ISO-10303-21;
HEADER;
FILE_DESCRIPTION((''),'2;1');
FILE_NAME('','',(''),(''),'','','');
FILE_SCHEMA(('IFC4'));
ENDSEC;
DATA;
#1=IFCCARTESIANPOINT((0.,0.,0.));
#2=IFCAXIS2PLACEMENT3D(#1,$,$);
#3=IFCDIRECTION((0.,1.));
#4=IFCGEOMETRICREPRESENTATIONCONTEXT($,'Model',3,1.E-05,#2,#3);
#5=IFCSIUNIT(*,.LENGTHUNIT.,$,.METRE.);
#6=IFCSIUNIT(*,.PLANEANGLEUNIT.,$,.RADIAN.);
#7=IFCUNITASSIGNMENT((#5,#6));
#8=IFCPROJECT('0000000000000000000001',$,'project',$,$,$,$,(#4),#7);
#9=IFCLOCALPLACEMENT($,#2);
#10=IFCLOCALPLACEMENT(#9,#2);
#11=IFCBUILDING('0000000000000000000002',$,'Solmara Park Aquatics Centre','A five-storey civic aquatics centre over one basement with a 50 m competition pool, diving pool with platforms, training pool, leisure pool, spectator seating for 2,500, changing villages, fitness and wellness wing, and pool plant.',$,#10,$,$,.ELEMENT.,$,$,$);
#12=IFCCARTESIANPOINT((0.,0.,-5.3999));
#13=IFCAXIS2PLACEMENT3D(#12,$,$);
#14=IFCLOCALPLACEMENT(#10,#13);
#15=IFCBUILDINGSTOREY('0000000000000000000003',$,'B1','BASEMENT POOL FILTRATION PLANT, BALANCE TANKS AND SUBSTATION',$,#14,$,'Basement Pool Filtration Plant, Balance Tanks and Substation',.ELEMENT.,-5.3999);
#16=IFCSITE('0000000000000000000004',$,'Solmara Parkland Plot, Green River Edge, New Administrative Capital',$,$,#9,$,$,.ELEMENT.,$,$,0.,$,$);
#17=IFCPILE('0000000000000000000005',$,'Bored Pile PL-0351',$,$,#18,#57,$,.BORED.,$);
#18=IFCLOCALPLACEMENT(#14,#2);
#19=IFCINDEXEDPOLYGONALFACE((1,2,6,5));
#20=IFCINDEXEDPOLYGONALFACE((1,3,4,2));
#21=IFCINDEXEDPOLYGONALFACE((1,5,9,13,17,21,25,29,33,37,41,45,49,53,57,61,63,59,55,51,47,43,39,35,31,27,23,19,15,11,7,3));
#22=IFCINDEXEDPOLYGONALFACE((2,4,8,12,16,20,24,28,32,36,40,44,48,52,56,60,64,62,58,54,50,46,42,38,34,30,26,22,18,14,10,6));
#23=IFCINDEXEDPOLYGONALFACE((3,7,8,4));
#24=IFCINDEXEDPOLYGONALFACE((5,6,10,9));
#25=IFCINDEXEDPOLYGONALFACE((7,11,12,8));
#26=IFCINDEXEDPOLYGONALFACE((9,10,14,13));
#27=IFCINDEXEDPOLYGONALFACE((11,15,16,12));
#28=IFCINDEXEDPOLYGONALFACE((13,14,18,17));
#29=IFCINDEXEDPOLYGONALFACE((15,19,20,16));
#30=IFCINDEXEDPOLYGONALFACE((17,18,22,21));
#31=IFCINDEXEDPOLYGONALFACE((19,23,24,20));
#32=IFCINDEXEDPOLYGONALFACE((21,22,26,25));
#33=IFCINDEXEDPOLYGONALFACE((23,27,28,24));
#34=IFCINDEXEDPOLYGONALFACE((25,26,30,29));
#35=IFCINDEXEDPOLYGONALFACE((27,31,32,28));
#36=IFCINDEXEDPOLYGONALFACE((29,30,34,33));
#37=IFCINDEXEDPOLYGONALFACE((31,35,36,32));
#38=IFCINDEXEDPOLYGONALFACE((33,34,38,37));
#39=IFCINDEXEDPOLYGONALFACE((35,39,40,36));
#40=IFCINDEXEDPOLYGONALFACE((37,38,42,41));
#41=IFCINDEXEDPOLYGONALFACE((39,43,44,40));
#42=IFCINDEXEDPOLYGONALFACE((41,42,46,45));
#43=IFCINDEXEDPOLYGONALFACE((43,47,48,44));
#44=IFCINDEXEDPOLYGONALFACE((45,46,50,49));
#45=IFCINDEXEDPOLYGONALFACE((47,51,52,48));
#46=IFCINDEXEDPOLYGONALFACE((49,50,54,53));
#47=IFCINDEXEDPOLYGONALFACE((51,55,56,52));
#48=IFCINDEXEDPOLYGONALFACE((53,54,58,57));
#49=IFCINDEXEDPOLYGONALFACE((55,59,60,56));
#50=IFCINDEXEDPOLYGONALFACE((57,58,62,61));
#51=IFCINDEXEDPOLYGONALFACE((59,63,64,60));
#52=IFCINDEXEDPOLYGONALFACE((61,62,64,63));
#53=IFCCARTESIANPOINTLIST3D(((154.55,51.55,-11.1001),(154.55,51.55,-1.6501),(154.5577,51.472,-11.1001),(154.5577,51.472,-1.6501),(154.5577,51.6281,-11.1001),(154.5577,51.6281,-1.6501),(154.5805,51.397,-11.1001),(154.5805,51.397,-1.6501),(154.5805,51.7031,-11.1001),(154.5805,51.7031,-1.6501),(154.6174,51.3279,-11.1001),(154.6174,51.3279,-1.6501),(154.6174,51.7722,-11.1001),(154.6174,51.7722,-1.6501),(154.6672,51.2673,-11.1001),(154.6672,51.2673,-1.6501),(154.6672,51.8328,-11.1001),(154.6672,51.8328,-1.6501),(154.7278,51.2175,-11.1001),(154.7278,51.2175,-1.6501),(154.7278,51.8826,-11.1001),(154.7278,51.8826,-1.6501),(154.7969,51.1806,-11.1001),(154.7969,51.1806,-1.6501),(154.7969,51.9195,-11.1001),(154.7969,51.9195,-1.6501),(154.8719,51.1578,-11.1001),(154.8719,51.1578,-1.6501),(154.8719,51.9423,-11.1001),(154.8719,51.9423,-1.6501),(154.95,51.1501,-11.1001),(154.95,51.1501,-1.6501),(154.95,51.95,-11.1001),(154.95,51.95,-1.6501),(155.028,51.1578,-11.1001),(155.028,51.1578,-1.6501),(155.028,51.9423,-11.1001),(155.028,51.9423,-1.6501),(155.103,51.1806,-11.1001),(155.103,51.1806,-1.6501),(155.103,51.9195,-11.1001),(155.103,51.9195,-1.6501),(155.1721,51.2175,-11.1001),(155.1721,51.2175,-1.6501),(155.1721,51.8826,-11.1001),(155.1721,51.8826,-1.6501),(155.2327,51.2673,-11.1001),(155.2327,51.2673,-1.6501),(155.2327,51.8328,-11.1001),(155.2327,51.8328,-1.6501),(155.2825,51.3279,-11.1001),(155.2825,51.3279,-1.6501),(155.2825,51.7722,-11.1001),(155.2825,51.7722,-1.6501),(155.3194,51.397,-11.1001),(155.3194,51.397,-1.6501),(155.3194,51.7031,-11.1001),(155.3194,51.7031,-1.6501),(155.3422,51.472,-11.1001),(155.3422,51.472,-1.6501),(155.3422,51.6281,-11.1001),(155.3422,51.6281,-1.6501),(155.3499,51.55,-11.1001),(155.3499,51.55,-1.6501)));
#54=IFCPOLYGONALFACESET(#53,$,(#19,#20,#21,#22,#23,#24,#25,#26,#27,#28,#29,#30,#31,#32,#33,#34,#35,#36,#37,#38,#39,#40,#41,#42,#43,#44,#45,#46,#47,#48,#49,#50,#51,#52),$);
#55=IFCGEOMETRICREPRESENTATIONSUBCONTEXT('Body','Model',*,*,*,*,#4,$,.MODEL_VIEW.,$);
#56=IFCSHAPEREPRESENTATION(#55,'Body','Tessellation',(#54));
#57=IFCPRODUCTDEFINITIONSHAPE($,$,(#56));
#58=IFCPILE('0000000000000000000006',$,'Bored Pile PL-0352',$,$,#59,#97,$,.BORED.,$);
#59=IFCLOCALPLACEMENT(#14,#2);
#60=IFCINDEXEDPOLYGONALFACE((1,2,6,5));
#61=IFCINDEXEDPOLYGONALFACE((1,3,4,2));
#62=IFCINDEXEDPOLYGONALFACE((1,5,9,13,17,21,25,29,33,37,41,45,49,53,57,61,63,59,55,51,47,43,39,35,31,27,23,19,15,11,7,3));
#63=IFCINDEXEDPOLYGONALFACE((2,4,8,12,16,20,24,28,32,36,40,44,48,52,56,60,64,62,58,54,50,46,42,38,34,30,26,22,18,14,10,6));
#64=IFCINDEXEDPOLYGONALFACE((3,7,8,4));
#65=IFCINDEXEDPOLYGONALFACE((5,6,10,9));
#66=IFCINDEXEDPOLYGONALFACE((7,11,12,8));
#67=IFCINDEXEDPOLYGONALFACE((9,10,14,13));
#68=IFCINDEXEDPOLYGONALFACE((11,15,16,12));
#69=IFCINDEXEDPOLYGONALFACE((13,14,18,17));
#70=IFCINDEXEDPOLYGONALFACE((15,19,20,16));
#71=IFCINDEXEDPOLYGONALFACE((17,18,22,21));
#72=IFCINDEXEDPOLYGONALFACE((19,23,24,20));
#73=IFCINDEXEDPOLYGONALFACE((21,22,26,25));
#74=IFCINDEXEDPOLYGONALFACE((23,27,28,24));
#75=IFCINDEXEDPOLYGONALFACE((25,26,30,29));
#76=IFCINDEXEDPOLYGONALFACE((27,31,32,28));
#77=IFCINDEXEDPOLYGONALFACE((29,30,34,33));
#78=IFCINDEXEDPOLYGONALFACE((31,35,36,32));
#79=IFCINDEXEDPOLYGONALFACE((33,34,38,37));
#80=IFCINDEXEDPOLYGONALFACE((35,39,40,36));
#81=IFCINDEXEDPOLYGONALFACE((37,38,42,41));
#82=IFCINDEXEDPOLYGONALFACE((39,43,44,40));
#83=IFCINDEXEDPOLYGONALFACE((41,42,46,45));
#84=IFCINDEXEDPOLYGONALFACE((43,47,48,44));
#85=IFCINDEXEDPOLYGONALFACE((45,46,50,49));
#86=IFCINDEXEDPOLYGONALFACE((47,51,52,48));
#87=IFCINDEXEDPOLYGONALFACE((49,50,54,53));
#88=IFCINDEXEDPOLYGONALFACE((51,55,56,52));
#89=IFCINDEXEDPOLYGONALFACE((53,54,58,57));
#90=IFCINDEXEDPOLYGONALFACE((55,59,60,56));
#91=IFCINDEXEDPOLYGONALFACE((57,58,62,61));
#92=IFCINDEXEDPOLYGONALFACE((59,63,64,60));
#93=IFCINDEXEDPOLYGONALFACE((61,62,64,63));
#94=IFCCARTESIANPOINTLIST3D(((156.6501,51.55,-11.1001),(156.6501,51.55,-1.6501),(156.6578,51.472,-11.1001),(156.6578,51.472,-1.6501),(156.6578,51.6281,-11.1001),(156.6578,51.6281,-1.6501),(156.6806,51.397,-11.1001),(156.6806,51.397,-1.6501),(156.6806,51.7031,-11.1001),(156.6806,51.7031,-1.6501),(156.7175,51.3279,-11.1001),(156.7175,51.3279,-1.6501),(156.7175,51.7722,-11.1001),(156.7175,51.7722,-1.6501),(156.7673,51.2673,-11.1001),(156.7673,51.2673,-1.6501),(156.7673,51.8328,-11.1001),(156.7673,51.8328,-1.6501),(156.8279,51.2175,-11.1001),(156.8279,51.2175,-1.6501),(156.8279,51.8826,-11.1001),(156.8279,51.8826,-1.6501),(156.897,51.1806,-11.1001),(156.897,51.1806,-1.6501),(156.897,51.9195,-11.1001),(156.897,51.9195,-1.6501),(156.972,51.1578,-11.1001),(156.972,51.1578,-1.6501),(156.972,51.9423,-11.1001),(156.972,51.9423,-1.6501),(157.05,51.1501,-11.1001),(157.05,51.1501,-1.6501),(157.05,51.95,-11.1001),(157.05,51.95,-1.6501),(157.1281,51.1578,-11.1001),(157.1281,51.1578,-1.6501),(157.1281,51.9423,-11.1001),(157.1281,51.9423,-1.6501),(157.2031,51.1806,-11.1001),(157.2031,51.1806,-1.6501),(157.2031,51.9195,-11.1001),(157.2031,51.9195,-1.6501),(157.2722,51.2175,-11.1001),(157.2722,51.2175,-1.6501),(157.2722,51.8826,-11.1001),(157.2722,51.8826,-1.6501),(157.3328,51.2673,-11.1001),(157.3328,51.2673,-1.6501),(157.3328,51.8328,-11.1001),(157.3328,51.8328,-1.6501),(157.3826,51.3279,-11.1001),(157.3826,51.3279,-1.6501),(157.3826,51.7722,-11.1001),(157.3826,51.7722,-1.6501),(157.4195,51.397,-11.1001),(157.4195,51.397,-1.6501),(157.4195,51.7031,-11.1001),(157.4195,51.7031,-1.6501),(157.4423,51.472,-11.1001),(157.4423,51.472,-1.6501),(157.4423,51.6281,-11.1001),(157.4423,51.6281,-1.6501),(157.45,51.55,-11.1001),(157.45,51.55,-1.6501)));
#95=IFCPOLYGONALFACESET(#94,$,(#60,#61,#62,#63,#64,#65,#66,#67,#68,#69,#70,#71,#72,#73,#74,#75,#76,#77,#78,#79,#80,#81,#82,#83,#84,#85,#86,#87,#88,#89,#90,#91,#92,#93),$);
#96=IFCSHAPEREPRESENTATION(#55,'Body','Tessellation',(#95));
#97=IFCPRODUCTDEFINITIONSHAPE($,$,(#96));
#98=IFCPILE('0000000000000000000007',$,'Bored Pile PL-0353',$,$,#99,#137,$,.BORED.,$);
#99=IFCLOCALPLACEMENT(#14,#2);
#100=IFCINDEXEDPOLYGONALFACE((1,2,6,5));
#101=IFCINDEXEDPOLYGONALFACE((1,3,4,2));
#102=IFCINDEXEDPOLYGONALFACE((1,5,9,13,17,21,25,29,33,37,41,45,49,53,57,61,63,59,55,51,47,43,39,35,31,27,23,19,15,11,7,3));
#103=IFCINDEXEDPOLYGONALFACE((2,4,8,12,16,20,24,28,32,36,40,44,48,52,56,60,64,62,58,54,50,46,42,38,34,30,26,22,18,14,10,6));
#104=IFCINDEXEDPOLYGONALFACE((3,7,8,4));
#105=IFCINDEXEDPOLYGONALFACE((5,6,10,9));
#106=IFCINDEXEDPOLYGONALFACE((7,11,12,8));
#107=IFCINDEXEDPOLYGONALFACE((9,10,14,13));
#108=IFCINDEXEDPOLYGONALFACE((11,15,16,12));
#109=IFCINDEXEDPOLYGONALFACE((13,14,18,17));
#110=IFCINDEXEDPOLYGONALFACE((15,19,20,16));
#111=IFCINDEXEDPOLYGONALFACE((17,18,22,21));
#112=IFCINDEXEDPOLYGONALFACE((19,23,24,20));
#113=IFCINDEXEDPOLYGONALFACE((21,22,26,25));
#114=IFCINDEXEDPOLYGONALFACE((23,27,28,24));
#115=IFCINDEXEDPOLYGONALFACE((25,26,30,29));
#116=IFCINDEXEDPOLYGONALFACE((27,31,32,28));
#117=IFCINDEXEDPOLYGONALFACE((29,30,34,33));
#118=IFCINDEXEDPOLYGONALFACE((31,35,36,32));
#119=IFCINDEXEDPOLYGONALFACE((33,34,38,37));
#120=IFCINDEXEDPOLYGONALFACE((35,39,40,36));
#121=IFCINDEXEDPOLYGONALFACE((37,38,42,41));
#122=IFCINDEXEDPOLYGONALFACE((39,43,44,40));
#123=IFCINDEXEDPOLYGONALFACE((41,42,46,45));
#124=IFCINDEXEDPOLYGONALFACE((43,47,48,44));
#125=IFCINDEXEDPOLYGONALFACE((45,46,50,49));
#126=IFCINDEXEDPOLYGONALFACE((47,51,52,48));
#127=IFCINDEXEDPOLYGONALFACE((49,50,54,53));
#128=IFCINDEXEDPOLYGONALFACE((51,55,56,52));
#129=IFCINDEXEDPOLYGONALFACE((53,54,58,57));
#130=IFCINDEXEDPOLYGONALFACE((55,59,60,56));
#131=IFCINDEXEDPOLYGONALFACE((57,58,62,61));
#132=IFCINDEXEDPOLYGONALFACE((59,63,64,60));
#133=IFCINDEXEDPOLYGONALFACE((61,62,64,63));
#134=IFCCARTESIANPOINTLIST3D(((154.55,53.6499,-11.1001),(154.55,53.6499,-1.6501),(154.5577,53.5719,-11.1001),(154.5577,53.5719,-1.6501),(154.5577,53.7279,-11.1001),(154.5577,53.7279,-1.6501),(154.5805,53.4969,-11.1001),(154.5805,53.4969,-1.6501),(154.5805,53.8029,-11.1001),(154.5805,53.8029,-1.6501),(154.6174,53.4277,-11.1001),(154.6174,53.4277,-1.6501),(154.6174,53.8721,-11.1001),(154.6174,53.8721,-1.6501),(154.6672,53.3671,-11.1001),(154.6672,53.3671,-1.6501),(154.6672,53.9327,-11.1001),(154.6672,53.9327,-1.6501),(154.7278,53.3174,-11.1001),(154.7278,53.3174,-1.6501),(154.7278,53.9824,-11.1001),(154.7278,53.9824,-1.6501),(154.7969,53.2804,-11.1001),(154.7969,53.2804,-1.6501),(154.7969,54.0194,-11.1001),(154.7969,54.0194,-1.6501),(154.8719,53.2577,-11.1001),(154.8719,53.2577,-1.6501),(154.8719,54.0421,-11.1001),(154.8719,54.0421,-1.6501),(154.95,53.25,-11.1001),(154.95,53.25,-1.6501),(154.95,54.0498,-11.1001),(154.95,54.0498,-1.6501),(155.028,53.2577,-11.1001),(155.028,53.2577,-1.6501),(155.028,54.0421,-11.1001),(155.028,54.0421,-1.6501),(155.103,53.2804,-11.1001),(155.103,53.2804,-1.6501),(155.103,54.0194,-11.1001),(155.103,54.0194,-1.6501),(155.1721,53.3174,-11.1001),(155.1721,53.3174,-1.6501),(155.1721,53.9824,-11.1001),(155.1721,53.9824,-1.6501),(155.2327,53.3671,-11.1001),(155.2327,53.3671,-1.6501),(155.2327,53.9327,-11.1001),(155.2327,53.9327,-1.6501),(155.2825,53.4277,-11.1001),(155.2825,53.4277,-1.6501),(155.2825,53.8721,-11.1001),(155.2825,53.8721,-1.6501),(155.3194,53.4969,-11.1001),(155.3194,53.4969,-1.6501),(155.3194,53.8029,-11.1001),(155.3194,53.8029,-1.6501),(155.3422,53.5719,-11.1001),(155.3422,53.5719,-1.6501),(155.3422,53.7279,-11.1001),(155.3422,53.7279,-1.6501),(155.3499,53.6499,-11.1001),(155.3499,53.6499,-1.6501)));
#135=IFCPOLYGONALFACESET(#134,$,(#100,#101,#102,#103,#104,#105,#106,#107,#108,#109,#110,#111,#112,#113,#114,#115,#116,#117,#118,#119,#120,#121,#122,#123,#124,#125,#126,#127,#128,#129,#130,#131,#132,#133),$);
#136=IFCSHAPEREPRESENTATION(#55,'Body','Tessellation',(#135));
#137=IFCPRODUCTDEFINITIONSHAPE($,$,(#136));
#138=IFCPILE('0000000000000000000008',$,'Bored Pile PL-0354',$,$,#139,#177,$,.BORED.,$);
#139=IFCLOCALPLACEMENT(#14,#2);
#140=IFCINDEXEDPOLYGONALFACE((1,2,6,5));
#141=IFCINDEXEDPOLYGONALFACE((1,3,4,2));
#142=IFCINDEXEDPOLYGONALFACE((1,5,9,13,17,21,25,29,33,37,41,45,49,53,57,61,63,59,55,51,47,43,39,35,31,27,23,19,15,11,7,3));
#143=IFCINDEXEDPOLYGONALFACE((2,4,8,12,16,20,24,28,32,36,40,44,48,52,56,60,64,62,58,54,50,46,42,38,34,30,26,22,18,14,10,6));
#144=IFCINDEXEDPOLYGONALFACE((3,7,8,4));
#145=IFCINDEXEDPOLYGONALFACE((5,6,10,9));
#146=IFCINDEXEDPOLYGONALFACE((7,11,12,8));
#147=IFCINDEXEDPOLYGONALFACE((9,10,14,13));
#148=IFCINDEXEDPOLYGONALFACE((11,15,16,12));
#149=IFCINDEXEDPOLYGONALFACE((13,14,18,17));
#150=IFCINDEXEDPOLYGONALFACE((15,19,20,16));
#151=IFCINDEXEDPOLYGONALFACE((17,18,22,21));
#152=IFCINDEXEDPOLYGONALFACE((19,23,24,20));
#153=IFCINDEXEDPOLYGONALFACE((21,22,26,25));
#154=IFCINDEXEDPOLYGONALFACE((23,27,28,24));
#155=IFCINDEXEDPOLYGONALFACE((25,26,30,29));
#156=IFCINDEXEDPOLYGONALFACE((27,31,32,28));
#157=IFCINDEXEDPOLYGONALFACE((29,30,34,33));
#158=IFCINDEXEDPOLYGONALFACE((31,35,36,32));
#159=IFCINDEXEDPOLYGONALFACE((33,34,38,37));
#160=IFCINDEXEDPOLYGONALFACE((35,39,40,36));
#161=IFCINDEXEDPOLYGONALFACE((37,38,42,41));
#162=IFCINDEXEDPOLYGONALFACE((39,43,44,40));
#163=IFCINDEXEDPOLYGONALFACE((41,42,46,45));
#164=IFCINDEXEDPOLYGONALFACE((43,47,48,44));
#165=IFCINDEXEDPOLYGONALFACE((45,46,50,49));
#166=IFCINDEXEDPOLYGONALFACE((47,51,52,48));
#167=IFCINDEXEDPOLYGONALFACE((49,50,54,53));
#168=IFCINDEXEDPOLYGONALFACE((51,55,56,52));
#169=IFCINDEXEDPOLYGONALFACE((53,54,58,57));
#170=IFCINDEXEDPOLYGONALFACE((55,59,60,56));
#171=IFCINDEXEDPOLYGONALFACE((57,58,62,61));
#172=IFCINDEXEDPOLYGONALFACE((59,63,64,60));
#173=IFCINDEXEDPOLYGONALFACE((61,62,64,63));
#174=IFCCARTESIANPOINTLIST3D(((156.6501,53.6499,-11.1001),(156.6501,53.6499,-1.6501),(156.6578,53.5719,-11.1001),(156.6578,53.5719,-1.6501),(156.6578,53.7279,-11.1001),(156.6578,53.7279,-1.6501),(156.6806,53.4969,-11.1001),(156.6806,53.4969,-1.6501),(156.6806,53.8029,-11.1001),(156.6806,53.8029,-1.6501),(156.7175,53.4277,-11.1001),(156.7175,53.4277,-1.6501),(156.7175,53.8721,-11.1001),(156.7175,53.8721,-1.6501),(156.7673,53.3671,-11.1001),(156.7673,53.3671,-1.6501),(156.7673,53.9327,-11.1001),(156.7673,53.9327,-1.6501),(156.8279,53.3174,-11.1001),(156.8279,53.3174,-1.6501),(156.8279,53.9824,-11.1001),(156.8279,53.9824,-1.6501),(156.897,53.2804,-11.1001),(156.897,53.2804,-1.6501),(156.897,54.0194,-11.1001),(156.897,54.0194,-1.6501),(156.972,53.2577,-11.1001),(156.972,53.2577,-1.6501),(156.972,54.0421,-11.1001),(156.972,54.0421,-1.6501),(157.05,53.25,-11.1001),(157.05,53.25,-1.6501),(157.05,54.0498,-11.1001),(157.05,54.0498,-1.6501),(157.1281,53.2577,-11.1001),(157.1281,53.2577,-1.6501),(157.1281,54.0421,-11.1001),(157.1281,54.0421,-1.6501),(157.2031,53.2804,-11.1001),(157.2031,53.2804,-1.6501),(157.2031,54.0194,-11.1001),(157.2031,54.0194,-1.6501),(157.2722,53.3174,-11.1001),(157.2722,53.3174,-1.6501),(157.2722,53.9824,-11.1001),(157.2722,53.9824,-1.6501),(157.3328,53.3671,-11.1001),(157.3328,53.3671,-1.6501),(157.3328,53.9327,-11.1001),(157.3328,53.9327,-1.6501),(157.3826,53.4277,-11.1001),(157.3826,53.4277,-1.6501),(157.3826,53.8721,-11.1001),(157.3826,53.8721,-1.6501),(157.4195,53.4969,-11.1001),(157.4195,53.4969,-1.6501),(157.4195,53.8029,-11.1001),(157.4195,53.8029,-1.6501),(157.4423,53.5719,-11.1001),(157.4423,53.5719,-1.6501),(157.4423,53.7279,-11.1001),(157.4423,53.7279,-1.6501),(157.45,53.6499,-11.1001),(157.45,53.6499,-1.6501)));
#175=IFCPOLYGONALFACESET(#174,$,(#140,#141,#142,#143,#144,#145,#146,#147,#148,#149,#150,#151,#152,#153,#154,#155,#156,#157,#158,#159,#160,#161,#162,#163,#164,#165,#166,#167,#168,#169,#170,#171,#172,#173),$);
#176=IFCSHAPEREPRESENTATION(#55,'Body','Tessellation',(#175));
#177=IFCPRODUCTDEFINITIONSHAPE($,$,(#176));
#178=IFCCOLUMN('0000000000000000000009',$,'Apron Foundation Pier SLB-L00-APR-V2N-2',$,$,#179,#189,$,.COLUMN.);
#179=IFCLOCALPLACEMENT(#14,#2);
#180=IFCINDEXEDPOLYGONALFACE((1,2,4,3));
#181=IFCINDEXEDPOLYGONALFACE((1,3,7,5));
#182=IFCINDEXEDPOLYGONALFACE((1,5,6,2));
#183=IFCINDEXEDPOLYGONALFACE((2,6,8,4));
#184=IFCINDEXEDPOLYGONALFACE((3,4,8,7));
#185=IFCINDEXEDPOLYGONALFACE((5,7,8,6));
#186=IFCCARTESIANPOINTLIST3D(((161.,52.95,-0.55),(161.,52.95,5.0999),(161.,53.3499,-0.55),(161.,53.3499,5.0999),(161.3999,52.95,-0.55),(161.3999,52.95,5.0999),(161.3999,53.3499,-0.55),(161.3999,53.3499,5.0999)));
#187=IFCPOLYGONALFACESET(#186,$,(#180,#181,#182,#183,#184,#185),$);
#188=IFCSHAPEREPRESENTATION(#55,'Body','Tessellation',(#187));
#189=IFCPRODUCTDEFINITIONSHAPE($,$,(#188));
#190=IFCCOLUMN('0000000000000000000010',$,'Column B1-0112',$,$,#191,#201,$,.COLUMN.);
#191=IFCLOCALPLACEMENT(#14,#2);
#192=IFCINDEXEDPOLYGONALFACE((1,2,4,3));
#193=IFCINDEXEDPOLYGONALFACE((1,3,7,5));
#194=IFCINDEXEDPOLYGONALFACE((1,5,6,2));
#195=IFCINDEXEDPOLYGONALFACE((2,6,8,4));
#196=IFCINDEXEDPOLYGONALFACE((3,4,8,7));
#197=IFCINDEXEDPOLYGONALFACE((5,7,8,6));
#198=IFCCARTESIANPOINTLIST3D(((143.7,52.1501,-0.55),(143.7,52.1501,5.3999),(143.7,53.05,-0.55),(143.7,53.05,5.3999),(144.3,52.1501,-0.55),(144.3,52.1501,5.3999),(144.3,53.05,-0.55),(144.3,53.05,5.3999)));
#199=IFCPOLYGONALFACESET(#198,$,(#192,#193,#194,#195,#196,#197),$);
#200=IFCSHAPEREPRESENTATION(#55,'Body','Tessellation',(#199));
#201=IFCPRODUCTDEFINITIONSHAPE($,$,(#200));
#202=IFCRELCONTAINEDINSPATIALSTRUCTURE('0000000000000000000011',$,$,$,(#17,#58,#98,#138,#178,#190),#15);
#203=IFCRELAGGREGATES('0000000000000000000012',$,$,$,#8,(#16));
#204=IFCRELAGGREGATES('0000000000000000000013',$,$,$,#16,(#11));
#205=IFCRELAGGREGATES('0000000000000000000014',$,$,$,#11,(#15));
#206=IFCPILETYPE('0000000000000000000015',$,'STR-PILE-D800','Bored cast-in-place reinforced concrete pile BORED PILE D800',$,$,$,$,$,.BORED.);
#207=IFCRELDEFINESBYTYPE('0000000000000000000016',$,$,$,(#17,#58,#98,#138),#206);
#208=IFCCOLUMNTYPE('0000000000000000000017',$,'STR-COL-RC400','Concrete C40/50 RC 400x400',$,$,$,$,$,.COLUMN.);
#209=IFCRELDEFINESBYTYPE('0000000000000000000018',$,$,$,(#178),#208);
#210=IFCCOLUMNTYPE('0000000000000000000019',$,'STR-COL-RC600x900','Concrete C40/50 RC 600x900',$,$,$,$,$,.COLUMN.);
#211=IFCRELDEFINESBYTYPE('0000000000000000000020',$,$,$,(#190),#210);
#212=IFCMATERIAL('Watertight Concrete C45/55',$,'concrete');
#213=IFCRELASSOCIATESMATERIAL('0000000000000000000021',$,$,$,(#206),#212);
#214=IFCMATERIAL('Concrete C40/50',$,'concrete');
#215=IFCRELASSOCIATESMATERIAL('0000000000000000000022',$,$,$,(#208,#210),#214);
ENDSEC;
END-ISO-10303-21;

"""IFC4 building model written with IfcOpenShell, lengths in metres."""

from ifc_helpers import new_model, si_unit, direction, frame, origin, origin_2d, place, context, subcontext, project, spatial, rectangle, circle, extrude, material, material_profile, profile_set, type_object, element, save


model = new_model("IFC4")

# Units and contexts
model_context = context("Model", 3, precision=1e-05, world=origin(), true_north=direction((0.0, 1.0)))
body_context = subcontext(model_context, "Body", "Model", "MODEL_VIEW")
ifc_project = project(units=[si_unit("LENGTHUNIT", "METRE"), si_unit("PLANEANGLEUNIT", "RADIAN")], contexts=[model_context])

# Site, building, storey
site_placement = place(None, origin())
site = spatial("IfcSite", under=ifc_project, at=site_placement, Name="Solmara Parkland Plot, Green River Edge, New Administrative Capital", CompositionType="ELEMENT", RefElevation=0.0)
building_placement = place(site_placement, origin())
building = spatial("IfcBuilding", under=site, at=building_placement, Name="Solmara Park Aquatics Centre", Description="A five-storey civic aquatics centre over one basement with a 50 m competition pool, diving pool with platforms, training pool, leisure pool, spectator seating for 2,500, changing villages, fitness and wellness wing, and pool plant.", CompositionType="ELEMENT")
storey_placement = place(building_placement, frame((0.0, 0.0, -5.3999)))
storey = spatial("IfcBuildingStorey", under=building, at=storey_placement, Name="B1", Description="BASEMENT POOL FILTRATION PLANT, BALANCE TANKS AND SUBSTATION", LongName="Basement Pool Filtration Plant, Balance Tanks and Substation", CompositionType="ELEMENT", Elevation=-5.3999)

# Shared definitions
ifc_material_1 = material(Name="Watertight Concrete C45/55", Category="concrete")

# Piles
ifc_material_profile_1 = material_profile(ifc_material_1, circle(Radius=0.3999, at=origin_2d()), Name="BORED PILE D800")
ifc_profile_set_1 = profile_set([ifc_material_profile_1], Name="Watertight Concrete C45/55")
pile_type_1 = type_object("IfcPileType", Name="STR-PILE-D800", Description="Bored cast-in-place reinforced concrete pile BORED PILE D800", PredefinedType="BORED", material=ifc_profile_set_1)
for number, where, z_axis, x_axis, name in (
    (1, (154.95, 51.55, -1.6501), (0.0, 0.0, -1.0), (1.0, 0.0, 0.0), "Bored Pile PL-0351"),
    (2, (157.05, 51.55, -1.6501), (0.0, 0.0, -1.0), (1.0, 0.0, 0.0), "Bored Pile PL-0352"),
    (3, (154.95, 53.6499, -1.6501), (0.0, 0.0, -1.0), (1.0, 0.0, 0.0), "Bored Pile PL-0353"),
    (4, (157.05, 53.6499, -1.6501), (0.0, 0.0, -1.0), (1.0, 0.0, 0.0), "Bored Pile PL-0354"),
):
    element("IfcPile", number, at=place(storey_placement, frame(where, z_axis=z_axis, x_axis=x_axis)), inside=storey, type_object=pile_type_1, Name=name, PredefinedType="BORED", context=body_context, shape_type="SweptSolid", body=[
        extrude(circle(Radius=0.3999, at=origin_2d()), origin(), (0.0, 0.0, 1.0), 9.45),
    ])

# Columns
ifc_material_2 = material(Name="Concrete C40/50", Category="concrete")
ifc_material_profile_2 = material_profile(ifc_material_2, rectangle(XDim=0.3999, YDim=0.3999, at=origin_2d()), Name="RC 400x400")
ifc_profile_set_2 = profile_set([ifc_material_profile_2], Name="Concrete C40/50")
column_type_1 = type_object("IfcColumnType", Name="STR-COL-RC400", Description="Concrete C40/50 RC 400x400", PredefinedType="COLUMN", material=ifc_profile_set_2)
column_1_placement = place(storey_placement, frame((161.2, 53.1499, -0.55), z_axis=(0.0, 0.0, 1.0), x_axis=(1.0, 0.0, 0.0)))
element("IfcColumn", 5, at=column_1_placement, inside=storey, type_object=column_type_1, Name="Apron Foundation Pier SLB-L00-APR-V2N-2", PredefinedType="COLUMN", context=body_context, shape_type="SweptSolid", body=[
    extrude(rectangle(XDim=0.3999, YDim=0.3999, at=origin_2d()), origin(), (0.0, 0.0, 1.0), 5.6499),
])
ifc_material_profile_3 = material_profile(ifc_material_2, rectangle(XDim=0.6001, YDim=0.8999, at=origin_2d()), Name="RC 600x900")
ifc_profile_set_3 = profile_set([ifc_material_profile_3], Name="Concrete C40/50")
column_type_2 = type_object("IfcColumnType", Name="STR-COL-RC600x900", Description="Concrete C40/50 RC 600x900", PredefinedType="COLUMN", material=ifc_profile_set_3)
column_2_placement = place(storey_placement, frame((144.0, 52.6001, -0.55), z_axis=(0.0, 0.0, 1.0), x_axis=(1.0, 0.0, 0.0)))
element("IfcColumn", 6, at=column_2_placement, inside=storey, type_object=column_type_2, Name="Column B1-0112", PredefinedType="COLUMN", context=body_context, shape_type="SweptSolid", body=[
    extrude(rectangle(XDim=0.6001, YDim=0.8999, at=origin_2d()), origin(), (0.0, 0.0, 1.0), 5.95),
])

save(model, "model.ifc")
